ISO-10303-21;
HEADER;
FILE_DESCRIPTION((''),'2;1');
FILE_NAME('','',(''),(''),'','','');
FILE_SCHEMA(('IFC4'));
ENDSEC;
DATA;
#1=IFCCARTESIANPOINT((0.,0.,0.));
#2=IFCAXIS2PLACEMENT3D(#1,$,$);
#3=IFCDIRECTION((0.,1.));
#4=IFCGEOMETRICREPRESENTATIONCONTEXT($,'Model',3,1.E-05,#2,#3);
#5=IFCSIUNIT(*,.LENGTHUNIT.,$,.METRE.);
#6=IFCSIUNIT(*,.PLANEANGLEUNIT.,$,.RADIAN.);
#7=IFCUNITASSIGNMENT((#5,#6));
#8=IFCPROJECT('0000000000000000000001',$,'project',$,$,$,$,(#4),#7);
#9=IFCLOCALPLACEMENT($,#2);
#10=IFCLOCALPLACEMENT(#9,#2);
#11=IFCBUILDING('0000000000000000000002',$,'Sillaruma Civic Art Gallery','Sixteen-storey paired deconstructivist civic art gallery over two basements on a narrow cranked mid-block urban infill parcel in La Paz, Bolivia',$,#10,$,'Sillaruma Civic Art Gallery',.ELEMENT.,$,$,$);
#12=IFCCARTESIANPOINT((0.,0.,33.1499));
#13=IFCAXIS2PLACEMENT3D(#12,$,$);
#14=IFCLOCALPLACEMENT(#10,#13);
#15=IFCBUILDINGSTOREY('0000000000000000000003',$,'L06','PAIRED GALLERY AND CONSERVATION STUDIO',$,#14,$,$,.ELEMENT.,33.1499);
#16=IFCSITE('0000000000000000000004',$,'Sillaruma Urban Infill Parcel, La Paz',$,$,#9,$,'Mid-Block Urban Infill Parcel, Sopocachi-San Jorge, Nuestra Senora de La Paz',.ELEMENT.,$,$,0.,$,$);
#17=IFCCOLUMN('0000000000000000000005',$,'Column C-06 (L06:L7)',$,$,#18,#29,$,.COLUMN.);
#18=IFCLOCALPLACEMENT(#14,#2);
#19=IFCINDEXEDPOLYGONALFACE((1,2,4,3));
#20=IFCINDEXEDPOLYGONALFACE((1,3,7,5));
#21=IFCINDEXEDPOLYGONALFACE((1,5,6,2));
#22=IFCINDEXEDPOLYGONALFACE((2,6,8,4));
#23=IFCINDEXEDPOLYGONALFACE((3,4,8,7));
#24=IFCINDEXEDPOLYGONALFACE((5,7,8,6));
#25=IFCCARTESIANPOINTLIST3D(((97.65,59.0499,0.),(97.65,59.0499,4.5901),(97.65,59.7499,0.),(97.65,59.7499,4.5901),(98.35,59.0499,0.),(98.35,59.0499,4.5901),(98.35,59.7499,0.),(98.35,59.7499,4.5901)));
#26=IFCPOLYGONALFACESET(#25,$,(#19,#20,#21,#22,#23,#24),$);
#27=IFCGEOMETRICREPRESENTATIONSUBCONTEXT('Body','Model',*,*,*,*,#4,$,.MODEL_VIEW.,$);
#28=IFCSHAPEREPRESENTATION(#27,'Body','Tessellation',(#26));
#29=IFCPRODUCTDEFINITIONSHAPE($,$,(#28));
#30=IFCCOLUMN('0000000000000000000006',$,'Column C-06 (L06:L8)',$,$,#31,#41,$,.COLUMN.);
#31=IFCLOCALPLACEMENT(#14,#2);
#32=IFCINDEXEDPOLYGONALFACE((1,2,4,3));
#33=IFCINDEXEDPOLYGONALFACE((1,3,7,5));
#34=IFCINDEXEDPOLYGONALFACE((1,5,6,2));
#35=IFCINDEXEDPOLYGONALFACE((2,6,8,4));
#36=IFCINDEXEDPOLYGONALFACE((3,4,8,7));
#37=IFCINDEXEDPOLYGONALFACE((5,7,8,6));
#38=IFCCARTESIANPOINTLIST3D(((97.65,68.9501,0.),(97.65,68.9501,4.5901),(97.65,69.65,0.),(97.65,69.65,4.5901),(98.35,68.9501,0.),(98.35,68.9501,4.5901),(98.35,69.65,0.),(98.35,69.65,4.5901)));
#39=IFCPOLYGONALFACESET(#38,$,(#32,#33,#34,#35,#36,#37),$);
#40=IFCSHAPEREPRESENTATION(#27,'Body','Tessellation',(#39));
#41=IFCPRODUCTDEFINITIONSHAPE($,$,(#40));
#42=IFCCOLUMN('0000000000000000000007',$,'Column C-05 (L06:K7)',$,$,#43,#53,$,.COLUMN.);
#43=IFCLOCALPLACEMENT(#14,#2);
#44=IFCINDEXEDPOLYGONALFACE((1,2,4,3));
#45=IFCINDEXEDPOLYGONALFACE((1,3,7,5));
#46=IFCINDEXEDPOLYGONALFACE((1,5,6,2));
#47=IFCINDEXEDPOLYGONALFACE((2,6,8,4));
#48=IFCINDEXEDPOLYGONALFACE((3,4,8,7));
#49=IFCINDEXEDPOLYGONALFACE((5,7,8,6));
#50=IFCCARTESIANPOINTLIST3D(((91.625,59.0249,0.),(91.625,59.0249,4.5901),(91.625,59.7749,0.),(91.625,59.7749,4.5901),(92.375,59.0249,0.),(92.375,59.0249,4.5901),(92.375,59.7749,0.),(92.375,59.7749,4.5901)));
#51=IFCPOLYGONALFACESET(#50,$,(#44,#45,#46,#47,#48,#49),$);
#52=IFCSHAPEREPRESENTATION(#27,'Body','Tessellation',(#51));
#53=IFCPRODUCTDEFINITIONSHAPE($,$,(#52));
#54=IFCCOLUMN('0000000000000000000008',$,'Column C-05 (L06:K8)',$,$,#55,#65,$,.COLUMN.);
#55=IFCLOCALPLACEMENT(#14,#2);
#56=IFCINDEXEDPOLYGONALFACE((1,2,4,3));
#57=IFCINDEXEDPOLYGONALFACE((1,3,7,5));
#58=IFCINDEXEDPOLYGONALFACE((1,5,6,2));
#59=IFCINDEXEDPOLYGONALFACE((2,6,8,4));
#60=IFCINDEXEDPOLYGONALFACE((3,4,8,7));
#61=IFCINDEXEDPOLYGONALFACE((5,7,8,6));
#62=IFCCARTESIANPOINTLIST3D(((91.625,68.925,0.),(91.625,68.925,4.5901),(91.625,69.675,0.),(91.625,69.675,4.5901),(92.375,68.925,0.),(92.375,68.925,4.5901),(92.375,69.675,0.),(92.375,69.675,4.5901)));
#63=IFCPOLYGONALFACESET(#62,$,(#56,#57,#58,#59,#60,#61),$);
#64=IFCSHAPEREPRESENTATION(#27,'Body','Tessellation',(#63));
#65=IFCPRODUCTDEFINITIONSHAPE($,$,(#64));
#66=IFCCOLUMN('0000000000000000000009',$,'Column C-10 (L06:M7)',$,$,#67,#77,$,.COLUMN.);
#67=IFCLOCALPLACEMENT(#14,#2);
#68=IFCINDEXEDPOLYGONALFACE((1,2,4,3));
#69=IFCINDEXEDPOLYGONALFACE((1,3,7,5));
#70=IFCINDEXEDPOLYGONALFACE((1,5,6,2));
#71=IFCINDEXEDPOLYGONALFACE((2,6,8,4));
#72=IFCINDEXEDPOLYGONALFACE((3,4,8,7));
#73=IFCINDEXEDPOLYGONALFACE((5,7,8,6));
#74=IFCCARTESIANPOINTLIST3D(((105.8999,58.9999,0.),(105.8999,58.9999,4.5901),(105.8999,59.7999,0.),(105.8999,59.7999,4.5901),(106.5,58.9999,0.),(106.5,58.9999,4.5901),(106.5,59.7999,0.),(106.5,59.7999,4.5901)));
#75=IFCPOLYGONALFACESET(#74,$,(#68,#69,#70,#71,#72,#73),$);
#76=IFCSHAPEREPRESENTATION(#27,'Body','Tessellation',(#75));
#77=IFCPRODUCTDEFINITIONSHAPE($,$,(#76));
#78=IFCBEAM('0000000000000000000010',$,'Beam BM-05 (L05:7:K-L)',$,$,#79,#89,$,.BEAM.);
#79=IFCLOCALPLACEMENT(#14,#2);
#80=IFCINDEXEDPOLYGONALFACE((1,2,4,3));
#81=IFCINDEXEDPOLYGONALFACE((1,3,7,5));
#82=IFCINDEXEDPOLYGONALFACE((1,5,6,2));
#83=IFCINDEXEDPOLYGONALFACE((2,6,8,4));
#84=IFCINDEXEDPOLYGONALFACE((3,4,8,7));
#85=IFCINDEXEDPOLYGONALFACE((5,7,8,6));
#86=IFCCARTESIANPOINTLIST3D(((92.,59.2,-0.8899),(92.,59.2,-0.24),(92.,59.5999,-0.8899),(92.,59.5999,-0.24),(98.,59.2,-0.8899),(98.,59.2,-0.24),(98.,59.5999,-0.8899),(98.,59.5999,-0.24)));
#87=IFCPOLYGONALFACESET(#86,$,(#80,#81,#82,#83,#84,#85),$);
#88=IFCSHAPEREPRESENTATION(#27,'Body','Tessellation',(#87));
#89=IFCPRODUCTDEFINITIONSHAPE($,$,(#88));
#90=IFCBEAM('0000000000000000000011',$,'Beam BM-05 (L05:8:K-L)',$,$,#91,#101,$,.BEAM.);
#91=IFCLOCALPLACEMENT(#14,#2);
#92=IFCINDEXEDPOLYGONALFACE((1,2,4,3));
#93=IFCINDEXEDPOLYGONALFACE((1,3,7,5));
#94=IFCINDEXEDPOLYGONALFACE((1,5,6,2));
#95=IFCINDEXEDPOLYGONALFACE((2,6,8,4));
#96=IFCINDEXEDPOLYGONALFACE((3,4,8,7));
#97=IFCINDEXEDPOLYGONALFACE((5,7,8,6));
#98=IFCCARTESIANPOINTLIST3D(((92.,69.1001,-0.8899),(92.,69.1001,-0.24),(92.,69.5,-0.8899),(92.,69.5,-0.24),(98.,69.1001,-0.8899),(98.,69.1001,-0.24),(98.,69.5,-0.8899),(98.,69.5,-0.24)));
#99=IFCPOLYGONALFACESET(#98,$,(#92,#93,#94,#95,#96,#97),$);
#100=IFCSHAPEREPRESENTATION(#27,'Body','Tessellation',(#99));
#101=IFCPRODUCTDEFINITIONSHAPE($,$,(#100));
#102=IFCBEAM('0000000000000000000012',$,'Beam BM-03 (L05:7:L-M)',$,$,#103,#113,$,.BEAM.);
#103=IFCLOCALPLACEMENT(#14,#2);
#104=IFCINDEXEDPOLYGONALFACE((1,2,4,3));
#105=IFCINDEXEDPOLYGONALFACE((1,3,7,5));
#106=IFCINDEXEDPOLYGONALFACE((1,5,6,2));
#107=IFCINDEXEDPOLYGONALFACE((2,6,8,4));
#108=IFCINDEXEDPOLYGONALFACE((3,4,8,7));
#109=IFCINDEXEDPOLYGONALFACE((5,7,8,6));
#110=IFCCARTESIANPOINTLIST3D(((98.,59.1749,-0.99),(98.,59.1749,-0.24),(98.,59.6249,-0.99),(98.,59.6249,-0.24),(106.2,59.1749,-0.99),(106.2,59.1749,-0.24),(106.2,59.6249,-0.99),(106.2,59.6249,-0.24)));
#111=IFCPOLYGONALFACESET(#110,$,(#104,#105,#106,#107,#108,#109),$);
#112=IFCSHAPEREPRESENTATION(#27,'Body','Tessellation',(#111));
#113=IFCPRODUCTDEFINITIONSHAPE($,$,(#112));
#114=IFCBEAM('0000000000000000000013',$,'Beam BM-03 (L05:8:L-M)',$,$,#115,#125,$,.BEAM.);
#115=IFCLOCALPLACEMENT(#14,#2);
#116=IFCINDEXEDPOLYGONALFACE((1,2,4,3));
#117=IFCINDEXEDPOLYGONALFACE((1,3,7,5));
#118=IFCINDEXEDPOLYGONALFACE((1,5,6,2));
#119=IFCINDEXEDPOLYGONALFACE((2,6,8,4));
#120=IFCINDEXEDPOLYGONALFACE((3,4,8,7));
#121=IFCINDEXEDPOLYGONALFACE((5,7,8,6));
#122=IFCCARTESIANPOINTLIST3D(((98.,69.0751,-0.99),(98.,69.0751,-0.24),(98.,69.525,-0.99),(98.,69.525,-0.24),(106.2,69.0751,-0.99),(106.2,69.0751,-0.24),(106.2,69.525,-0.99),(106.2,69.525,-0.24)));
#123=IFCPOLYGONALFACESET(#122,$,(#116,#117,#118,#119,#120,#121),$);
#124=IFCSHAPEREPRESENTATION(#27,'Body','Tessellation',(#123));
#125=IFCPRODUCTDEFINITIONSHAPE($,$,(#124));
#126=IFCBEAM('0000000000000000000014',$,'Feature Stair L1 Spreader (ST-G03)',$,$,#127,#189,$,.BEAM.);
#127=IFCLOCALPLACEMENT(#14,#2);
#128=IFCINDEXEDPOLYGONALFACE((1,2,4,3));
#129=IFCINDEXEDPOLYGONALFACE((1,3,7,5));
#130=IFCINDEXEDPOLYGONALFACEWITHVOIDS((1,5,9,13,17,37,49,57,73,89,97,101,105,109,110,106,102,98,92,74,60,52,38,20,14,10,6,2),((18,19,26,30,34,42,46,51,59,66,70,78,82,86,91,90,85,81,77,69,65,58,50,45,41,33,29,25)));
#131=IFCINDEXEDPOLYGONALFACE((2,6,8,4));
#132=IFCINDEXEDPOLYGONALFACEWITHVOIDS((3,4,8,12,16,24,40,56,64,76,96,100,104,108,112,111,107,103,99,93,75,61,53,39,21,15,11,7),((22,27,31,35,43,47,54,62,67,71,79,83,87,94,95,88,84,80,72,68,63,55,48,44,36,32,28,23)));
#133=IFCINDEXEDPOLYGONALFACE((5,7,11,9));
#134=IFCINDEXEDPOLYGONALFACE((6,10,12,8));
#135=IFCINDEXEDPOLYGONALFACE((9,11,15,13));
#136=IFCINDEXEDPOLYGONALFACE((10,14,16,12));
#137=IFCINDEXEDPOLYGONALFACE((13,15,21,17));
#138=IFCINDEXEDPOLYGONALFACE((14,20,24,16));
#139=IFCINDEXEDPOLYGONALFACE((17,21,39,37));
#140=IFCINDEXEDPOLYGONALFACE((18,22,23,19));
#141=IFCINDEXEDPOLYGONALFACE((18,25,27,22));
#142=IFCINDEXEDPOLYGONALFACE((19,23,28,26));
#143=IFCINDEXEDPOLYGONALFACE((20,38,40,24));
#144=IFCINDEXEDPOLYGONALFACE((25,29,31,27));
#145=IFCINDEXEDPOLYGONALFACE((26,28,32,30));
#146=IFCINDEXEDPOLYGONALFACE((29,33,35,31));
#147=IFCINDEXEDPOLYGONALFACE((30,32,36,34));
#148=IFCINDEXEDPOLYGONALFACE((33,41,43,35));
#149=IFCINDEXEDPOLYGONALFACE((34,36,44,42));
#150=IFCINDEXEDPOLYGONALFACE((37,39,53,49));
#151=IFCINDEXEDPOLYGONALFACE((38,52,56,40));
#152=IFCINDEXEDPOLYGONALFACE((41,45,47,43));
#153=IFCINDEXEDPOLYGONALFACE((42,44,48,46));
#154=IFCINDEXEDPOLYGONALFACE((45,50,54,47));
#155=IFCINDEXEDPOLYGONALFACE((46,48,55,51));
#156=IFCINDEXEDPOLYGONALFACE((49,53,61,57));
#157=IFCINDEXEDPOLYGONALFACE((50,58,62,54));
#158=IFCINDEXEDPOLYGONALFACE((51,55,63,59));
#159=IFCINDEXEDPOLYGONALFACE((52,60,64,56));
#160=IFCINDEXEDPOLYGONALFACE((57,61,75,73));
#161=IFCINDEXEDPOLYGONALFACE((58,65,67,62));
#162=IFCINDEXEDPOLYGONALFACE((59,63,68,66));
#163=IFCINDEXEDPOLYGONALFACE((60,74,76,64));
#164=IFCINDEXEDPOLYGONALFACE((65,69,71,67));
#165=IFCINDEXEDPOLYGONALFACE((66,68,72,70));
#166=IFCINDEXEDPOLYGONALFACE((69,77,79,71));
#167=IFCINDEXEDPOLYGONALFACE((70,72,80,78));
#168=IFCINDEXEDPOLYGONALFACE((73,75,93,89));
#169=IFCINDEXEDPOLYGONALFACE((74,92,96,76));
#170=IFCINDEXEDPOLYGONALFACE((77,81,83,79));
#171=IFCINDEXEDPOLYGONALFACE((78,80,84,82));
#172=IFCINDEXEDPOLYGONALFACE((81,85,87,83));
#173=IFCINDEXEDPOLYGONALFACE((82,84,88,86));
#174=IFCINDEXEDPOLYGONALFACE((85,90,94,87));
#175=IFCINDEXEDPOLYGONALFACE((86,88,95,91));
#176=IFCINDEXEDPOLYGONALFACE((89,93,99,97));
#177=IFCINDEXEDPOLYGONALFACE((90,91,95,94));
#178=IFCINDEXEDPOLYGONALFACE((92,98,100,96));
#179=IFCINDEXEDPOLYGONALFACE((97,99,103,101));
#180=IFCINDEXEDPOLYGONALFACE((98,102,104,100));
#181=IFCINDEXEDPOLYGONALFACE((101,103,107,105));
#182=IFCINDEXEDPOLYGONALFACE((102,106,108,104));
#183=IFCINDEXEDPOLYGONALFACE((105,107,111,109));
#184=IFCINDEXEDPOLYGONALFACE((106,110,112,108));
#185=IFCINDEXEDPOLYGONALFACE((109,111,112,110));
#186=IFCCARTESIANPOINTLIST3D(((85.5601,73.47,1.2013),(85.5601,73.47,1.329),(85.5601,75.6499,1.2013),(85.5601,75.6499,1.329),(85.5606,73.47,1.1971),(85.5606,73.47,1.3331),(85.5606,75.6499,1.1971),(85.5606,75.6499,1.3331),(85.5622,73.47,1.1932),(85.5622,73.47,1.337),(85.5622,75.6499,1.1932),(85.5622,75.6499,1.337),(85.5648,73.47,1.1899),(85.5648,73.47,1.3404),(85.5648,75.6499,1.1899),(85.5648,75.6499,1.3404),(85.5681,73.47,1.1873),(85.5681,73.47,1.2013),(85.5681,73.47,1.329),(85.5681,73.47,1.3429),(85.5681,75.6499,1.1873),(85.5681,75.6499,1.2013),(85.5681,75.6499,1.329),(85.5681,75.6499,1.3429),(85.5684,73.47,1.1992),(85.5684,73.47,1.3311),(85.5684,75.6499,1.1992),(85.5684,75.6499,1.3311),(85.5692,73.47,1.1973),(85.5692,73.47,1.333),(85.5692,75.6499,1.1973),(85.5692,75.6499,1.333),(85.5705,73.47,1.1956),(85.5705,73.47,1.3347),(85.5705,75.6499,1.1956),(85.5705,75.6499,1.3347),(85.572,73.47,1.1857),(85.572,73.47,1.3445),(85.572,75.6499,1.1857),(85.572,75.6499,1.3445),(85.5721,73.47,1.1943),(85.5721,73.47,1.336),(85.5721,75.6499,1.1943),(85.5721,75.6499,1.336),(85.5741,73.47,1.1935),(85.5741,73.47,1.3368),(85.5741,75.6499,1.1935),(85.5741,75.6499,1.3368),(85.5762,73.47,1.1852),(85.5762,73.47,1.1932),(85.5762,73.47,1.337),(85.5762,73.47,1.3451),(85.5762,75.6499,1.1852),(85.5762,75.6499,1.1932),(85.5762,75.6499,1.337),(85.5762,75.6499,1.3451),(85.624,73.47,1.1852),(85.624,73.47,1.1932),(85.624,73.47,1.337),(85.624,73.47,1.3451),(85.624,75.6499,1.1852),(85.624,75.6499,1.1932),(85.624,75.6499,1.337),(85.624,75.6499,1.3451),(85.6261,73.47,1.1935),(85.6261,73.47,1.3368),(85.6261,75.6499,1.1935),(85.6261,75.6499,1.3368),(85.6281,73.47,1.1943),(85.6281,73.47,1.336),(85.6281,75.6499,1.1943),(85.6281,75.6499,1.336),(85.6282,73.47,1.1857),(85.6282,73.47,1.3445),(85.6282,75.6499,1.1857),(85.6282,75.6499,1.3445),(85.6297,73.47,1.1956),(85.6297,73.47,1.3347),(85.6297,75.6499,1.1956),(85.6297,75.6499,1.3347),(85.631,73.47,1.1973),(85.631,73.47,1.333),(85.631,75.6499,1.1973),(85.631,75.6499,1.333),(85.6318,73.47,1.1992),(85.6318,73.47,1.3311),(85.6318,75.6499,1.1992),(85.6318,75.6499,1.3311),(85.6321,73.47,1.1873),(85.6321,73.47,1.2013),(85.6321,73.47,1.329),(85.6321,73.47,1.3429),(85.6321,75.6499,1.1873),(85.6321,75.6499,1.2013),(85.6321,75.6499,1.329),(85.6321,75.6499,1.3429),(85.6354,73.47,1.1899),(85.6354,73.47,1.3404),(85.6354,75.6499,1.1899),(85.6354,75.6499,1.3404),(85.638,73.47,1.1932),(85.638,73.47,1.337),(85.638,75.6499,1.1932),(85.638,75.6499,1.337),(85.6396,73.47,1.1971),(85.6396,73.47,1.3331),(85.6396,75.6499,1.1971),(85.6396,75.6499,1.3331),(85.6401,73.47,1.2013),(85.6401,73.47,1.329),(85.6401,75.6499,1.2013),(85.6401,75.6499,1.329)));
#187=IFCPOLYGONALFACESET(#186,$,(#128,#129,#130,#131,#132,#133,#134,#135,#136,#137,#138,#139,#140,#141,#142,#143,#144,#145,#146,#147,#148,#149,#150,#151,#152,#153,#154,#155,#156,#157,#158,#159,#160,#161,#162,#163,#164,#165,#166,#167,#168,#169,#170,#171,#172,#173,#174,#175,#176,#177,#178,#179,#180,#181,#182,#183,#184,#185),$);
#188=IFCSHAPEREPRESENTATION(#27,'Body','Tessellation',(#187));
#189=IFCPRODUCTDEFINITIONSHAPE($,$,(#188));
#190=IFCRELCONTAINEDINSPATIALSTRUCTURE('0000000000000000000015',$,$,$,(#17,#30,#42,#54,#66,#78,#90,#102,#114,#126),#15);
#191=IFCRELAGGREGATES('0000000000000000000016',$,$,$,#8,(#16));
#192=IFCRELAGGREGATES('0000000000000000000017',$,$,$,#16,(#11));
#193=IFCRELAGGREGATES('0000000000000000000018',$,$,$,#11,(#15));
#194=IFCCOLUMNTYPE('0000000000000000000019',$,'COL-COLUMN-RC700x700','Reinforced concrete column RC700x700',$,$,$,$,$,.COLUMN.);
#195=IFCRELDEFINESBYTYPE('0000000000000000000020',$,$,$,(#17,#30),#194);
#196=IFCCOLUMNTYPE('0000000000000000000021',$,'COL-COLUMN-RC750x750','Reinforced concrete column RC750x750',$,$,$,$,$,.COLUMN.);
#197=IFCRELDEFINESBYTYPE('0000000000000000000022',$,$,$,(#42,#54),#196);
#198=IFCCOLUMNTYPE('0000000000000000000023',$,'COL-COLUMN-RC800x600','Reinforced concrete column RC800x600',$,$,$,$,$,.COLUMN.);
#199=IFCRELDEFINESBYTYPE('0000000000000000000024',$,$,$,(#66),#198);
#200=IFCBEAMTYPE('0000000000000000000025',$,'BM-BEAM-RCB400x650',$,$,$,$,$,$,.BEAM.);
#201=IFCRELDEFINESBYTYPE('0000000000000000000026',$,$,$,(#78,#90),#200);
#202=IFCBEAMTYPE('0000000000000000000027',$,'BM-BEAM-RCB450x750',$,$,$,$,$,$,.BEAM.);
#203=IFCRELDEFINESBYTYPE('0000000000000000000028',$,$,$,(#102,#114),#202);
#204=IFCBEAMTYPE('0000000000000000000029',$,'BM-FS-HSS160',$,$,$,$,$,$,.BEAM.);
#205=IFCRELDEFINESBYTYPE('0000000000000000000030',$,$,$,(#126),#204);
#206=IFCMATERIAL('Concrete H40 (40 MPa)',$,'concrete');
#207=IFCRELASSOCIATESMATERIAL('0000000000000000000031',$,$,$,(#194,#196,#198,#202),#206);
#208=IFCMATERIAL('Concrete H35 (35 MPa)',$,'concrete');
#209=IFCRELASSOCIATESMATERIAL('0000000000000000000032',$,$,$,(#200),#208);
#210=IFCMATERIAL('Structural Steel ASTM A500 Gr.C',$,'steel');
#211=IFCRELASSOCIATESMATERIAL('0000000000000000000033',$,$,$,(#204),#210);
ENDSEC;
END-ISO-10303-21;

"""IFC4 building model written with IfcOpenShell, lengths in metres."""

from ifc_helpers import new_model, si_unit, direction, frame, origin, origin_2d, place, context, subcontext, project, spatial, rectangle, hollow_rectangle, extrude, material, material_profile, profile_set, type_object, element, save


model = new_model("IFC4")

# Units and contexts
model_context = context("Model", 3, precision=1e-05, world=origin(), true_north=direction((0.0, 1.0)))
body_context = subcontext(model_context, "Body", "Model", "MODEL_VIEW")
ifc_project = project(units=[si_unit("LENGTHUNIT", "METRE"), si_unit("PLANEANGLEUNIT", "RADIAN")], contexts=[model_context])

# Site, building, storey
site_placement = place(None, origin())
site = spatial("IfcSite", under=ifc_project, at=site_placement, Name="Sillaruma Urban Infill Parcel, La Paz", LongName="Mid-Block Urban Infill Parcel, Sopocachi-San Jorge, Nuestra Senora de La Paz", CompositionType="ELEMENT", RefElevation=0.0)
building_placement = place(site_placement, origin())
building = spatial("IfcBuilding", under=site, at=building_placement, Name="Sillaruma Civic Art Gallery", Description="Sixteen-storey paired deconstructivist civic art gallery over two basements on a narrow cranked mid-block urban infill parcel in La Paz, Bolivia", LongName="Sillaruma Civic Art Gallery", CompositionType="ELEMENT")
storey_placement = place(building_placement, frame((0.0, 0.0, 33.1499)))
storey = spatial("IfcBuildingStorey", under=building, at=storey_placement, Name="L06", Description="PAIRED GALLERY AND CONSERVATION STUDIO", CompositionType="ELEMENT", Elevation=33.1499)

# Columns
ifc_material_1 = material(Name="Concrete H40 (40 MPa)", Category="concrete")
ifc_material_profile_1 = material_profile(ifc_material_1, rectangle(XDim=0.7, YDim=0.7, at=origin_2d()), Name="RC700x700")
ifc_profile_set_1 = profile_set([ifc_material_profile_1], Name="Concrete H40 (40 MPa)")
column_type_1 = type_object("IfcColumnType", Name="COL-COLUMN-RC700x700", Description="Reinforced concrete column RC700x700", PredefinedType="COLUMN", material=ifc_profile_set_1)
for number, where, z_axis, x_axis, name in (
    (1, (98.0, 59.3999, 0.0), (0.0, 0.0, 1.0), (1.0, 0.0, 0.0), "Column C-06 (L06:L7)"),
    (2, (98.0, 69.3, 0.0), (0.0, 0.0, 1.0), (1.0, 0.0, 0.0), "Column C-06 (L06:L8)"),
):
    element("IfcColumn", number, at=place(storey_placement, frame(where, z_axis=z_axis, x_axis=x_axis)), inside=storey, type_object=column_type_1, Name=name, PredefinedType="COLUMN", context=body_context, shape_type="SweptSolid", body=[
        extrude(rectangle(XDim=0.7, YDim=0.7, at=origin_2d()), origin(), (0.0, 0.0, 1.0), 4.5901),
    ])
ifc_material_profile_2 = material_profile(ifc_material_1, rectangle(XDim=0.75, YDim=0.75, at=origin_2d()), Name="RC750x750")
ifc_profile_set_2 = profile_set([ifc_material_profile_2], Name="Concrete H40 (40 MPa)")
column_type_2 = type_object("IfcColumnType", Name="COL-COLUMN-RC750x750", Description="Reinforced concrete column RC750x750", PredefinedType="COLUMN", material=ifc_profile_set_2)
for number, where, z_axis, x_axis, name in (
    (3, (92.0, 59.3999, 0.0), (0.0, 0.0, 1.0), (1.0, 0.0, 0.0), "Column C-05 (L06:K7)"),
    (4, (92.0, 69.3, 0.0), (0.0, 0.0, 1.0), (1.0, 0.0, 0.0), "Column C-05 (L06:K8)"),
):
    element("IfcColumn", number, at=place(storey_placement, frame(where, z_axis=z_axis, x_axis=x_axis)), inside=storey, type_object=column_type_2, Name=name, PredefinedType="COLUMN", context=body_context, shape_type="SweptSolid", body=[
        extrude(rectangle(XDim=0.75, YDim=0.75, at=origin_2d()), origin(), (0.0, 0.0, 1.0), 4.5901),
    ])
ifc_material_profile_3 = material_profile(ifc_material_1, rectangle(XDim=0.6001, YDim=0.8, at=origin_2d()), Name="RC800x600")
ifc_profile_set_3 = profile_set([ifc_material_profile_3], Name="Concrete H40 (40 MPa)")
column_type_3 = type_object("IfcColumnType", Name="COL-COLUMN-RC800x600", Description="Reinforced concrete column RC800x600", PredefinedType="COLUMN", material=ifc_profile_set_3)
column_placement = place(storey_placement, frame((106.2, 59.3999, 0.0), z_axis=(0.0, 0.0, 1.0), x_axis=(1.0, 0.0, 0.0)))
element("IfcColumn", 5, at=column_placement, inside=storey, type_object=column_type_3, Name="Column C-10 (L06:M7)", PredefinedType="COLUMN", context=body_context, shape_type="SweptSolid", body=[
    extrude(rectangle(XDim=0.6001, YDim=0.8, at=origin_2d()), origin(), (0.0, 0.0, 1.0), 4.5901),
])

# Beams
ifc_material_2 = material(Name="Concrete H35 (35 MPa)", Category="concrete")
ifc_material_profile_4 = material_profile(ifc_material_2, rectangle(XDim=0.3999, YDim=0.6499, at=origin_2d()), Name="RCB400x650")
ifc_profile_set_4 = profile_set([ifc_material_profile_4], Name="Concrete H35 (35 MPa)")
beam_type_1 = type_object("IfcBeamType", Name="BM-BEAM-RCB400x650", PredefinedType="BEAM", material=ifc_profile_set_4)
for number, where, z_axis, x_axis, name in (
    (6, (92.0, 59.3999, -0.5649), (1.0, 0.0, 0.0), (0.0, 1.0, 0.0), "Beam BM-05 (L05:7:K-L)"),
    (7, (92.0, 69.3, -0.5649), (1.0, 0.0, 0.0), (0.0, 1.0, 0.0), "Beam BM-05 (L05:8:K-L)"),
):
    element("IfcBeam", number, at=place(storey_placement, frame(where, z_axis=z_axis, x_axis=x_axis)), inside=storey, type_object=beam_type_1, Name=name, PredefinedType="BEAM", context=body_context, shape_type="SweptSolid", body=[
        extrude(rectangle(XDim=0.3999, YDim=0.6499, at=origin_2d()), origin(), (0.0, 0.0, 1.0), 6.0),
    ])
ifc_material_profile_5 = material_profile(ifc_material_1, rectangle(XDim=0.45, YDim=0.75, at=origin_2d()), Name="RCB450x750")
ifc_profile_set_5 = profile_set([ifc_material_profile_5], Name="Concrete H40 (40 MPa)")
beam_type_2 = type_object("IfcBeamType", Name="BM-BEAM-RCB450x750", PredefinedType="BEAM", material=ifc_profile_set_5)
for number, where, z_axis, x_axis, name in (
    (8, (98.0, 59.3999, -0.615), (1.0, 0.0, 0.0), (0.0, 1.0, 0.0), "Beam BM-03 (L05:7:L-M)"),
    (9, (98.0, 69.3, -0.615), (1.0, 0.0, 0.0), (0.0, 1.0, 0.0), "Beam BM-03 (L05:8:L-M)"),
):
    element("IfcBeam", number, at=place(storey_placement, frame(where, z_axis=z_axis, x_axis=x_axis)), inside=storey, type_object=beam_type_2, Name=name, PredefinedType="BEAM", context=body_context, shape_type="SweptSolid", body=[
        extrude(rectangle(XDim=0.45, YDim=0.75, at=origin_2d()), origin(), (0.0, 0.0, 1.0), 8.2),
    ])
ifc_material_3 = material(Name="Structural Steel ASTM A500 Gr.C", Category="steel")
ifc_material_profile_6 = material_profile(ifc_material_3, hollow_rectangle(XDim=0.0801, YDim=0.1599, WallThickness=0.0081, InnerFilletRadius=0.0081, OuterFilletRadius=0.0161, at=origin_2d()), Name="HSS160x80x8")
ifc_profile_set_6 = profile_set([ifc_material_profile_6], Name="Structural Steel ASTM A500 Gr.C")
beam_type_3 = type_object("IfcBeamType", Name="BM-FS-HSS160", PredefinedType="BEAM", material=ifc_profile_set_6)
beam_1_placement = place(storey_placement, frame((85.6001, 73.47, 1.2651), z_axis=(0.0, 1.0, 0.0), x_axis=(-1.0, 0.0, 0.0)))
element("IfcBeam", 10, at=beam_1_placement, inside=storey, type_object=beam_type_3, Name="Feature Stair L1 Spreader (ST-G03)", PredefinedType="BEAM", context=body_context, shape_type="SweptSolid", body=[
    extrude(hollow_rectangle(XDim=0.0801, YDim=0.1599, WallThickness=0.0081, InnerFilletRadius=0.0081, OuterFilletRadius=0.0161, at=origin_2d()), origin(), (0.0, 0.0, 1.0), 2.1799),
])

save(model, "model.ifc")
